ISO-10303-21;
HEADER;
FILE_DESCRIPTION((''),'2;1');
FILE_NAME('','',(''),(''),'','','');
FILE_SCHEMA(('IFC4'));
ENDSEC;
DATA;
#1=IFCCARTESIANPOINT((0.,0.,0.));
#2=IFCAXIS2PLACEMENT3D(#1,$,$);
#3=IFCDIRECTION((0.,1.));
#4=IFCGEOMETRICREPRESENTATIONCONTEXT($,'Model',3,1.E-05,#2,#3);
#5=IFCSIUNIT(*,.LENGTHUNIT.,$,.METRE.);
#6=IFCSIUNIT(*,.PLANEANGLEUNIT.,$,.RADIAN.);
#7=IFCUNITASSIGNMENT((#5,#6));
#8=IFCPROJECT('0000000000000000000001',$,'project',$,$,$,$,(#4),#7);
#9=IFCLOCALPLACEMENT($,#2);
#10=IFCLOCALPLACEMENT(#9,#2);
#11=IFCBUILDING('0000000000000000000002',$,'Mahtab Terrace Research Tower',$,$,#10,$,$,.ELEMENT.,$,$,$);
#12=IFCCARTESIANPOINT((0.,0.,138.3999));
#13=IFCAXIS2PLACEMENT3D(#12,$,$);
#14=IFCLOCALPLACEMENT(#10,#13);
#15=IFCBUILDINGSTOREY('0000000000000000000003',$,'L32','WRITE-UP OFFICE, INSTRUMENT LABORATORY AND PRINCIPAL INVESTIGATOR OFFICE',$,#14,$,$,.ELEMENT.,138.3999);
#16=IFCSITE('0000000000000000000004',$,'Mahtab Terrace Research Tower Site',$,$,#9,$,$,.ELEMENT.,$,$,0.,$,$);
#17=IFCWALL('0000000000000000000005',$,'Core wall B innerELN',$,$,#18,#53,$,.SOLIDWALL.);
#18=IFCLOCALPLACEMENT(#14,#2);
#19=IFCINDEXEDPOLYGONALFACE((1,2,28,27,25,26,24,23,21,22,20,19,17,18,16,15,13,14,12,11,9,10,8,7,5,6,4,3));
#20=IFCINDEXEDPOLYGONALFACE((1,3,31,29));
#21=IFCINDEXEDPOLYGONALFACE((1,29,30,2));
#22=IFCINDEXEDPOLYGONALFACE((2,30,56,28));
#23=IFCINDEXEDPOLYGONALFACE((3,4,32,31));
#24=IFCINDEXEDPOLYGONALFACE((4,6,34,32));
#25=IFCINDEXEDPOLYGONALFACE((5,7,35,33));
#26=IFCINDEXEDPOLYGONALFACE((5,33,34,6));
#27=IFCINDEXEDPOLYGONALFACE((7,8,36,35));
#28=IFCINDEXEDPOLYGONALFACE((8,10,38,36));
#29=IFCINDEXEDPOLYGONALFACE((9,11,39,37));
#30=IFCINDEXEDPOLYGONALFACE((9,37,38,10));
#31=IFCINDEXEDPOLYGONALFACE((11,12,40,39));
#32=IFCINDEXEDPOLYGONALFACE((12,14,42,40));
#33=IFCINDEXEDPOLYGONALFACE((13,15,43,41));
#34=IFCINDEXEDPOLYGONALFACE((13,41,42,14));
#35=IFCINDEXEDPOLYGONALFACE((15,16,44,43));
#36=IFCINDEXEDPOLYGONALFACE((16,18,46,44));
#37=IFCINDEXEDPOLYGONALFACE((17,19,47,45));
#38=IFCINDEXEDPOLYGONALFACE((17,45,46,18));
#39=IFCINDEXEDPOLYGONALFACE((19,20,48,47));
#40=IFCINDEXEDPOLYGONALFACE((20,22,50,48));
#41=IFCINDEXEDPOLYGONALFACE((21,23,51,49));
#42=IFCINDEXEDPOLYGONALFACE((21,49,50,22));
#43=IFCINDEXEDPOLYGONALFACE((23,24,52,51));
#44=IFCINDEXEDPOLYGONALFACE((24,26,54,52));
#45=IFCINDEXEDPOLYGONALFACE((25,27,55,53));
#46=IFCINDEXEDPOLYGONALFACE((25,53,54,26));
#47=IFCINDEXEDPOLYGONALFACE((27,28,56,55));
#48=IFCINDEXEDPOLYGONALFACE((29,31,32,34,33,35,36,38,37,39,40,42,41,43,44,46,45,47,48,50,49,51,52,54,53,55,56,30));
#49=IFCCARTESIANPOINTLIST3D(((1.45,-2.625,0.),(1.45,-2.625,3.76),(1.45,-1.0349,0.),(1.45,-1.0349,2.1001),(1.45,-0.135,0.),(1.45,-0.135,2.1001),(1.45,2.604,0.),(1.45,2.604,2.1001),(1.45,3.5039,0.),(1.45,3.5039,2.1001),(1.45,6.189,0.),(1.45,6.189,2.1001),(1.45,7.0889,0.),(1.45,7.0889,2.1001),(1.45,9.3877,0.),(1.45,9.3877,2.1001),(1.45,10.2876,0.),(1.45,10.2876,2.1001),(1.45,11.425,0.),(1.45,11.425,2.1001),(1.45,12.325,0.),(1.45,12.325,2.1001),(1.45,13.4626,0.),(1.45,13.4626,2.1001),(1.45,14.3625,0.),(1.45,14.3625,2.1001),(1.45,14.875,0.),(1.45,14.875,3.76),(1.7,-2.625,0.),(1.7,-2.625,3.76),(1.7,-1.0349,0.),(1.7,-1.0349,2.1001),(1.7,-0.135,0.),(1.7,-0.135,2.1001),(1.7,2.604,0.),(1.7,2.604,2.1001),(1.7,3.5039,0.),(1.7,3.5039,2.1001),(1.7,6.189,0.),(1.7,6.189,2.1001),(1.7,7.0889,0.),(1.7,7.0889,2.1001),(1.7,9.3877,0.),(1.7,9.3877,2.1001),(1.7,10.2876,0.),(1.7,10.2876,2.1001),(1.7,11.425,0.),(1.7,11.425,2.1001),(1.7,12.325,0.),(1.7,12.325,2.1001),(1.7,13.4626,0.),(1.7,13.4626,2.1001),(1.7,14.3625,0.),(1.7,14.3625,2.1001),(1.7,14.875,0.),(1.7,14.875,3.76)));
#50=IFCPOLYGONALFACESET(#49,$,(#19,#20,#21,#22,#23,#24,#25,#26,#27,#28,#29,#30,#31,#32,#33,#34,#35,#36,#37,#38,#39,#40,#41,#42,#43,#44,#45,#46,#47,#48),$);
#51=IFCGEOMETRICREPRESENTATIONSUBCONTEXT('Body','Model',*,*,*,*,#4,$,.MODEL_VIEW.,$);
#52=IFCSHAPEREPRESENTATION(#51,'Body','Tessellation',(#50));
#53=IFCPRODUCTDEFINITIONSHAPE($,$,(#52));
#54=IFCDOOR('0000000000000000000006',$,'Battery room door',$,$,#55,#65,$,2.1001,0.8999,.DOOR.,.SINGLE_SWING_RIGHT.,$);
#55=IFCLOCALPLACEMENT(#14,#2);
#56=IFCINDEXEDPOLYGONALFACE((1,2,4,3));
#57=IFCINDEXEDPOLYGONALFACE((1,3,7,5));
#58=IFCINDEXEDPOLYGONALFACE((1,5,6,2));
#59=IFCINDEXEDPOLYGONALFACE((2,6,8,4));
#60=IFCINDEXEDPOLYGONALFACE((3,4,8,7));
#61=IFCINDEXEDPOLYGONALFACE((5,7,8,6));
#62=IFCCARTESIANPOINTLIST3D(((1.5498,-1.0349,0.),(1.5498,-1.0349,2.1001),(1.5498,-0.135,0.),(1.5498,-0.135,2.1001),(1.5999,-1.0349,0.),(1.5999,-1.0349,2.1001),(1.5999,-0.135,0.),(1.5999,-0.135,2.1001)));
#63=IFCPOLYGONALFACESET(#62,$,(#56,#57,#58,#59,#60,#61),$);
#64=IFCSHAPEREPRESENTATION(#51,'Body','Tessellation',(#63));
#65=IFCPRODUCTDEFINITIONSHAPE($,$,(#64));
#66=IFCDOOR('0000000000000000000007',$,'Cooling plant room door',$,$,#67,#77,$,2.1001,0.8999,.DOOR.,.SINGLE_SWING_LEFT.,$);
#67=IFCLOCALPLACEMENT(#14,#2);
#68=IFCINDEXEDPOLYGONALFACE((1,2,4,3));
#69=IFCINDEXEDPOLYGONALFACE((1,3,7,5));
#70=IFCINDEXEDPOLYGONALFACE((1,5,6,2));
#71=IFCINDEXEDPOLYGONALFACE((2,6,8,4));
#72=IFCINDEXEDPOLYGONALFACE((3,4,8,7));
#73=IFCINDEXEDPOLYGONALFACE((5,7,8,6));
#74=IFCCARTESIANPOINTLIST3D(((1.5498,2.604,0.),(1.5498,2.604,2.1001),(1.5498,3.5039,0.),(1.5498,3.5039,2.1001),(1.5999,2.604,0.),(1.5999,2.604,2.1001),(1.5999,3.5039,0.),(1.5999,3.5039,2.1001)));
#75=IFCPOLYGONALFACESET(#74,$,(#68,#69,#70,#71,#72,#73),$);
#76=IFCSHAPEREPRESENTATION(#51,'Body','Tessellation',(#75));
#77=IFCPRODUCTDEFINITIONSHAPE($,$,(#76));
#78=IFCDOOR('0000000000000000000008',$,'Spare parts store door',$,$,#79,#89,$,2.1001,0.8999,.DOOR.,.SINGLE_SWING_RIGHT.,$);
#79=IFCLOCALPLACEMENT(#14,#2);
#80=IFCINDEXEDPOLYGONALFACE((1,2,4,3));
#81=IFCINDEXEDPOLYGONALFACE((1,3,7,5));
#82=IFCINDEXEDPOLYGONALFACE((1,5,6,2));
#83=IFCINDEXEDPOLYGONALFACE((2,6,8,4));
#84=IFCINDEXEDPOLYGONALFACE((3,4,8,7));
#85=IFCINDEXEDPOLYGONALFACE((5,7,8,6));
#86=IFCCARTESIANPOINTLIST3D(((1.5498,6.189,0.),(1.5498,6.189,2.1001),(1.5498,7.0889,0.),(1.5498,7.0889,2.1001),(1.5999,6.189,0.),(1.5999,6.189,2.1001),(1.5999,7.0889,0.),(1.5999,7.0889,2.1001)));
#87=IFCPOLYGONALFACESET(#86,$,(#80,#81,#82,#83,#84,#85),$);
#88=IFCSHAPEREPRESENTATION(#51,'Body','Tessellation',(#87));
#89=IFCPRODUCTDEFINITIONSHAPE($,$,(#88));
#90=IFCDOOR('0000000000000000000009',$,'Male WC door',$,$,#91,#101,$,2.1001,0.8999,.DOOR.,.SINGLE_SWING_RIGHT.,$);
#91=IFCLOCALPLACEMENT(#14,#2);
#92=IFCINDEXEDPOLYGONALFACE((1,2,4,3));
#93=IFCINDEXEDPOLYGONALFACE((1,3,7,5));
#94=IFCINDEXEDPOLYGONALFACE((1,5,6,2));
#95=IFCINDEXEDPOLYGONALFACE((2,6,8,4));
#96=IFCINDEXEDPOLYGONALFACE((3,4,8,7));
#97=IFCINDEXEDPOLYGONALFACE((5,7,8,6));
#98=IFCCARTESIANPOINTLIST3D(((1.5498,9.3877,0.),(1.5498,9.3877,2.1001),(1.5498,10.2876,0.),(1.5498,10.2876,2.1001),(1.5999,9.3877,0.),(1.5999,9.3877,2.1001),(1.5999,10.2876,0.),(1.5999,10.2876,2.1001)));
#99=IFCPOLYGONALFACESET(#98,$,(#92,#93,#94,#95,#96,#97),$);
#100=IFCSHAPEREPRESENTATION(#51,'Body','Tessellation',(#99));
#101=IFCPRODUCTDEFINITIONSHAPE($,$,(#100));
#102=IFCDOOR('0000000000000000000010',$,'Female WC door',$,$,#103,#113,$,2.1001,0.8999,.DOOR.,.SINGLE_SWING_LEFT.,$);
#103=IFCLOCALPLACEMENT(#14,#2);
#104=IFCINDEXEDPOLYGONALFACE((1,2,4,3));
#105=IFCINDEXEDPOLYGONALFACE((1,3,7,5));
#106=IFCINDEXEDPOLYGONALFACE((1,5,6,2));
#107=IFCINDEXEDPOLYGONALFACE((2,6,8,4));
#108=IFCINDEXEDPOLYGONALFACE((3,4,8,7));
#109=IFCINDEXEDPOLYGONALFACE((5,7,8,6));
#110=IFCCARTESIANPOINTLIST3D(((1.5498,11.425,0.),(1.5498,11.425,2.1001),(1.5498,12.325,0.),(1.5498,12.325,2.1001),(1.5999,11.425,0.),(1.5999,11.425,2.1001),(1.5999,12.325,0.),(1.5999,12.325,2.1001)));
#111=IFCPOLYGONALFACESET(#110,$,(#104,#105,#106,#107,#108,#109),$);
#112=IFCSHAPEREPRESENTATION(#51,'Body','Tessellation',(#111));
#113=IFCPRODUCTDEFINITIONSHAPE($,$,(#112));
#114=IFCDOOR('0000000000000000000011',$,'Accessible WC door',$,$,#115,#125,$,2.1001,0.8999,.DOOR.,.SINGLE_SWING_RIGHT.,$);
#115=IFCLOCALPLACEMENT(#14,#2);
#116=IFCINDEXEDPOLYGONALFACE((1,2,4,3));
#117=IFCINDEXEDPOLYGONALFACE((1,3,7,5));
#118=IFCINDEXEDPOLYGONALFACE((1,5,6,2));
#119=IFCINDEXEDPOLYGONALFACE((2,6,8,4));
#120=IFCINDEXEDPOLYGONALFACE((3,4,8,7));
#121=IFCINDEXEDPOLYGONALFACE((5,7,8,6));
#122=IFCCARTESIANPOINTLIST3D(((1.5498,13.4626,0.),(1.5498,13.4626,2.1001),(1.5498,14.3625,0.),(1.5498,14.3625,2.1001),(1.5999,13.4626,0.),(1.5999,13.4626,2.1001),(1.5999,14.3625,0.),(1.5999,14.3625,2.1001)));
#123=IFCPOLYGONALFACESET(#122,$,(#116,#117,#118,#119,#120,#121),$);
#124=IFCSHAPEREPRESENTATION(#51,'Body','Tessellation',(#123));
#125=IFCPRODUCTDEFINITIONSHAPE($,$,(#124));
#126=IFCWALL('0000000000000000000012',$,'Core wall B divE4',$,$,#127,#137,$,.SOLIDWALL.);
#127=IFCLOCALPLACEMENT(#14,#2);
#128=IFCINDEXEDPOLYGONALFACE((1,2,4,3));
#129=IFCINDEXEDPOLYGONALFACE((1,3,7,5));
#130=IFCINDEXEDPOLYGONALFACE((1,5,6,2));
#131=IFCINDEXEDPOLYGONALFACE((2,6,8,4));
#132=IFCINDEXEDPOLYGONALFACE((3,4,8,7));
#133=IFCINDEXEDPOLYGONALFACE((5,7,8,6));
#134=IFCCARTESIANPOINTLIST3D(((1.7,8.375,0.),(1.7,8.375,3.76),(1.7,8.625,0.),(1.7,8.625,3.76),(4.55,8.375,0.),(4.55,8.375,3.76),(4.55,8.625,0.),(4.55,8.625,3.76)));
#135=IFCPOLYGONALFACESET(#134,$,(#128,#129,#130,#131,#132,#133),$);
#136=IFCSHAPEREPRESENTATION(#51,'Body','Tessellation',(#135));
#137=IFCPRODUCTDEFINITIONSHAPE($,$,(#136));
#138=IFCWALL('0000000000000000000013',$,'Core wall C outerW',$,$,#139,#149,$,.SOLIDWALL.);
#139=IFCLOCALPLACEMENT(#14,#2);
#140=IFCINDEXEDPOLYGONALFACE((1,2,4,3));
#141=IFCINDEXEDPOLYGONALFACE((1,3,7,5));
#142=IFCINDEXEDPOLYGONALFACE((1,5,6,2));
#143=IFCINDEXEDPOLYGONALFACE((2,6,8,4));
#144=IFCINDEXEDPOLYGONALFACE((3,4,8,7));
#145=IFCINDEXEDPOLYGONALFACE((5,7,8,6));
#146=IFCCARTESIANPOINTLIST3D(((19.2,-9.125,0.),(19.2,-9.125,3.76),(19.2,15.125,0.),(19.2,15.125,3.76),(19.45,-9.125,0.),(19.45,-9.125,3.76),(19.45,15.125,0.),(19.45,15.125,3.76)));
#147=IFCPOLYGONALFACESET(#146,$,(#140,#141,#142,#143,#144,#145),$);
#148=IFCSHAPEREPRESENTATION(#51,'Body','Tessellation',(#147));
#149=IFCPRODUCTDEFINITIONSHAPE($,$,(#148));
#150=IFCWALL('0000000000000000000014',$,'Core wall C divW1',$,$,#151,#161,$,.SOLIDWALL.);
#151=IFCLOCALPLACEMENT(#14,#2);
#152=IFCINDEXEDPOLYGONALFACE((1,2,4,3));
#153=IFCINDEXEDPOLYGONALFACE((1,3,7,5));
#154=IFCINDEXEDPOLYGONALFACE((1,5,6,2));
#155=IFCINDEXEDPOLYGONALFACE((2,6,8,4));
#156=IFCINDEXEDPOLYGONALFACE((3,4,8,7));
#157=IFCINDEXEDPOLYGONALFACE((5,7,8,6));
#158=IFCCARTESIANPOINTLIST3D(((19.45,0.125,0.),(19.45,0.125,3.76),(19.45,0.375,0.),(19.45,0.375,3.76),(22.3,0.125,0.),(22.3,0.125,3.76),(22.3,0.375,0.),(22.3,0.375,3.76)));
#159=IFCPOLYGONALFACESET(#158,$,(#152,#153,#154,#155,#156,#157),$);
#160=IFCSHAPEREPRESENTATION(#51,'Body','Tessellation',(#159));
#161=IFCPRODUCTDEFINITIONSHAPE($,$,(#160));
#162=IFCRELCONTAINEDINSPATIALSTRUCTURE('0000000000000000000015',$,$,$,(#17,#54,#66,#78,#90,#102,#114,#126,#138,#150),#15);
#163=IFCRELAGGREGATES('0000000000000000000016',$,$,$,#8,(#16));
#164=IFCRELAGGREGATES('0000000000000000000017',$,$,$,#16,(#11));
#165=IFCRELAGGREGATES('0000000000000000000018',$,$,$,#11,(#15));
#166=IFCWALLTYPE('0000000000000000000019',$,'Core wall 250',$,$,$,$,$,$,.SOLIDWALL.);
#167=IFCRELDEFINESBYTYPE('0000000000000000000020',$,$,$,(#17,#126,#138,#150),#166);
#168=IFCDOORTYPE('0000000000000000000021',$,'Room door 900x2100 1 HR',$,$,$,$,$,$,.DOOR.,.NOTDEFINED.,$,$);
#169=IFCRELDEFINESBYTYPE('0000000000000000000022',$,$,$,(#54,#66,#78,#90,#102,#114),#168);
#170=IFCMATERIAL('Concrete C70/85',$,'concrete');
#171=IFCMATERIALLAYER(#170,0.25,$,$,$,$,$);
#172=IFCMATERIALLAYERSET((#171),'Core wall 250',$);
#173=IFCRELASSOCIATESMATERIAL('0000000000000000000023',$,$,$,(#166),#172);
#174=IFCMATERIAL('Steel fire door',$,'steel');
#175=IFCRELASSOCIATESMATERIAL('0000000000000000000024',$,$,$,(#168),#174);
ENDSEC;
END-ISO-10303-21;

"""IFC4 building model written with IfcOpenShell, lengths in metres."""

from ifc_helpers import new_model, si_unit, direction, frame, frame_2d, origin, place, context, subcontext, project, spatial, rectangle, extrude, material, layer, layer_set, type_object, element, fill, save


model = new_model("IFC4")

# Units and contexts
model_context = context("Model", 3, precision=1e-05, world=origin(), true_north=direction((0.0, 1.0)))
body_context = subcontext(model_context, "Body", "Model", "MODEL_VIEW")
ifc_project = project(units=[si_unit("LENGTHUNIT", "METRE"), si_unit("PLANEANGLEUNIT", "RADIAN")], contexts=[model_context])

# Site, building, storey
site_placement = place(None, origin())
site = spatial("IfcSite", under=ifc_project, at=site_placement, Name="Mahtab Terrace Research Tower Site", CompositionType="ELEMENT", RefElevation=0.0)
building_placement = place(site_placement, origin())
building = spatial("IfcBuilding", under=site, at=building_placement, Name="Mahtab Terrace Research Tower", CompositionType="ELEMENT")
storey_placement = place(building_placement, frame((0.0, 0.0, 138.3999)))
storey = spatial("IfcBuildingStorey", under=building, at=storey_placement, Name="L32", Description="WRITE-UP OFFICE, INSTRUMENT LABORATORY AND PRINCIPAL INVESTIGATOR OFFICE", CompositionType="ELEMENT", Elevation=138.3999)

# Shared definitions
ifc_material_1 = material(Name="Concrete C70/85", Category="concrete")

# Wall, openings, doors
ifc_layer_1 = layer(ifc_material_1, 0.25)
ifc_layer_set_1 = layer_set([ifc_layer_1], Name="Core wall 250")
wall_type_1 = type_object("IfcWallType", Name="Core wall 250", PredefinedType="SOLIDWALL", material=ifc_layer_set_1)
wall_1_placement = place(storey_placement, frame((1.575, 14.875, 0.0), z_axis=(0.0, 0.0, 1.0), x_axis=(0.0, -1.0, 0.0)))
wall_1 = element("IfcWall", 1, at=wall_1_placement, inside=storey, type_object=wall_type_1, Name="Core wall B innerELN", PredefinedType="SOLIDWALL", context=body_context, shape_type="SweptSolid", body=[
    extrude(rectangle(XDim=17.5, YDim=0.25, at=frame_2d((8.75, 0.0))), origin(), (0.0, 0.0, 1.0), 3.76),
])
opening_1_placement = place(wall_1_placement, frame((15.01, 0.0, 0.0)))
opening_1 = element("IfcOpeningElement", 2, at=opening_1_placement, cuts=wall_1, PredefinedType="OPENING", context=body_context, shape_type="SweptSolid", body=[
    extrude(rectangle(XDim=0.8999, YDim=2.1001, at=frame_2d((0.45, 1.05))), frame((0.0, 0.135, 0.0), z_axis=(0.0, -1.0, 0.0), x_axis=(1.0, 0.0, 0.0)), (0.0, 0.0, 1.0), 0.27),
])
opening_2_placement = place(wall_1_placement, frame((11.3711, 0.0, 0.0)))
opening_2 = element("IfcOpeningElement", 3, at=opening_2_placement, cuts=wall_1, PredefinedType="OPENING", context=body_context, shape_type="SweptSolid", body=[
    extrude(rectangle(XDim=0.8999, YDim=2.1001, at=frame_2d((0.45, 1.05))), frame((0.0, 0.135, 0.0), z_axis=(0.0, -1.0, 0.0), x_axis=(1.0, 0.0, 0.0)), (0.0, 0.0, 1.0), 0.27),
])
opening_3_placement = place(wall_1_placement, frame((7.7861, 0.0, 0.0)))
opening_3 = element("IfcOpeningElement", 4, at=opening_3_placement, cuts=wall_1, PredefinedType="OPENING", context=body_context, shape_type="SweptSolid", body=[
    extrude(rectangle(XDim=0.8999, YDim=2.1001, at=frame_2d((0.45, 1.05))), frame((0.0, 0.135, 0.0), z_axis=(0.0, -1.0, 0.0), x_axis=(1.0, 0.0, 0.0)), (0.0, 0.0, 1.0), 0.27),
])
opening_4_placement = place(wall_1_placement, frame((4.5874, 0.0, 0.0)))
opening_4 = element("IfcOpeningElement", 5, at=opening_4_placement, cuts=wall_1, PredefinedType="OPENING", context=body_context, shape_type="SweptSolid", body=[
    extrude(rectangle(XDim=0.8999, YDim=2.1001, at=frame_2d((0.45, 1.05))), frame((0.0, 0.135, 0.0), z_axis=(0.0, -1.0, 0.0), x_axis=(1.0, 0.0, 0.0)), (0.0, 0.0, 1.0), 0.27),
])
opening_5_placement = place(wall_1_placement, frame((2.55, 0.0, 0.0)))
opening_5 = element("IfcOpeningElement", 6, at=opening_5_placement, cuts=wall_1, PredefinedType="OPENING", context=body_context, shape_type="SweptSolid", body=[
    extrude(rectangle(XDim=0.8999, YDim=2.1001, at=frame_2d((0.45, 1.05))), frame((0.0, 0.135, 0.0), z_axis=(0.0, -1.0, 0.0), x_axis=(1.0, 0.0, 0.0)), (0.0, 0.0, 1.0), 0.27),
])
opening_6_placement = place(wall_1_placement, frame((0.5125, 0.0, 0.0)))
opening_6 = element("IfcOpeningElement", 7, at=opening_6_placement, cuts=wall_1, PredefinedType="OPENING", context=body_context, shape_type="SweptSolid", body=[
    extrude(rectangle(XDim=0.8999, YDim=2.1001, at=frame_2d((0.45, 1.05))), frame((0.0, 0.135, 0.0), z_axis=(0.0, -1.0, 0.0), x_axis=(1.0, 0.0, 0.0)), (0.0, 0.0, 1.0), 0.27),
])
ifc_material_2 = material(Name="Steel fire door", Category="steel")
door_type_1 = type_object("IfcDoorType", Name="Room door 900x2100 1 HR", OperationType="NOTDEFINED", PredefinedType="DOOR", material=ifc_material_2)
door_1_placement = place(opening_1_placement, origin())
door_1 = element("IfcDoor", 8, at=door_1_placement, inside=storey, type_object=door_type_1, Name="Battery room door", OperationType="SINGLE_SWING_RIGHT", OverallHeight=2.1001, OverallWidth=0.8999, PredefinedType="DOOR", context=body_context, shape_type="SweptSolid", body=[
    extrude(rectangle(XDim=0.8999, YDim=2.1001, at=frame_2d((0.45, 1.05))), frame((0.0, 0.0249, 0.0), z_axis=(0.0, -1.0, 0.0), x_axis=(1.0, 0.0, 0.0)), (0.0, 0.0, 1.0), 0.05),
])
fill(opening_1, door_1)
door_2_placement = place(opening_2_placement, origin())
door_2 = element("IfcDoor", 9, at=door_2_placement, inside=storey, type_object=door_type_1, Name="Cooling plant room door", OperationType="SINGLE_SWING_LEFT", OverallHeight=2.1001, OverallWidth=0.8999, PredefinedType="DOOR", context=body_context, shape_type="SweptSolid", body=[
    extrude(rectangle(XDim=0.8999, YDim=2.1001, at=frame_2d((0.45, 1.05))), frame((0.0, 0.0249, 0.0), z_axis=(0.0, -1.0, 0.0), x_axis=(1.0, 0.0, 0.0)), (0.0, 0.0, 1.0), 0.05),
])
fill(opening_2, door_2)
door_3_placement = place(opening_3_placement, origin())
door_3 = element("IfcDoor", 10, at=door_3_placement, inside=storey, type_object=door_type_1, Name="Spare parts store door", OperationType="SINGLE_SWING_RIGHT", OverallHeight=2.1001, OverallWidth=0.8999, PredefinedType="DOOR", context=body_context, shape_type="SweptSolid", body=[
    extrude(rectangle(XDim=0.8999, YDim=2.1001, at=frame_2d((0.45, 1.05))), frame((0.0, 0.0249, 0.0), z_axis=(0.0, -1.0, 0.0), x_axis=(1.0, 0.0, 0.0)), (0.0, 0.0, 1.0), 0.05),
])
fill(opening_3, door_3)
door_4_placement = place(opening_4_placement, origin())
door_4 = element("IfcDoor", 11, at=door_4_placement, inside=storey, type_object=door_type_1, Name="Male WC door", OperationType="SINGLE_SWING_RIGHT", OverallHeight=2.1001, OverallWidth=0.8999, PredefinedType="DOOR", context=body_context, shape_type="SweptSolid", body=[
    extrude(rectangle(XDim=0.8999, YDim=2.1001, at=frame_2d((0.45, 1.05))), frame((0.0, 0.0249, 0.0), z_axis=(0.0, -1.0, 0.0), x_axis=(1.0, 0.0, 0.0)), (0.0, 0.0, 1.0), 0.05),
])
fill(opening_4, door_4)
door_5_placement = place(opening_5_placement, origin())
door_5 = element("IfcDoor", 12, at=door_5_placement, inside=storey, type_object=door_type_1, Name="Female WC door", OperationType="SINGLE_SWING_LEFT", OverallHeight=2.1001, OverallWidth=0.8999, PredefinedType="DOOR", context=body_context, shape_type="SweptSolid", body=[
    extrude(rectangle(XDim=0.8999, YDim=2.1001, at=frame_2d((0.45, 1.05))), frame((0.0, 0.0249, 0.0), z_axis=(0.0, -1.0, 0.0), x_axis=(1.0, 0.0, 0.0)), (0.0, 0.0, 1.0), 0.05),
])
fill(opening_5, door_5)
door_6_placement = place(opening_6_placement, origin())
door_6 = element("IfcDoor", 13, at=door_6_placement, inside=storey, type_object=door_type_1, Name="Accessible WC door", OperationType="SINGLE_SWING_RIGHT", OverallHeight=2.1001, OverallWidth=0.8999, PredefinedType="DOOR", context=body_context, shape_type="SweptSolid", body=[
    extrude(rectangle(XDim=0.8999, YDim=2.1001, at=frame_2d((0.45, 1.05))), frame((0.0, 0.0249, 0.0), z_axis=(0.0, -1.0, 0.0), x_axis=(1.0, 0.0, 0.0)), (0.0, 0.0, 1.0), 0.05),
])
fill(opening_6, door_6)

# Walls
wall_2_placement = place(storey_placement, frame((1.7, 8.5, 0.0), z_axis=(0.0, 0.0, 1.0), x_axis=(1.0, 0.0, 0.0)))
element("IfcWall", 14, at=wall_2_placement, inside=storey, type_object=wall_type_1, Name="Core wall B divE4", PredefinedType="SOLIDWALL", context=body_context, shape_type="SweptSolid", body=[
    extrude(rectangle(XDim=2.8501, YDim=0.25, at=frame_2d((1.425, 0.0))), origin(), (0.0, 0.0, 1.0), 3.76),
])
wall_3_placement = place(storey_placement, frame((19.325, 15.125, 0.0), z_axis=(0.0, 0.0, 1.0), x_axis=(0.0, -1.0, 0.0)))
element("IfcWall", 15, at=wall_3_placement, inside=storey, type_object=wall_type_1, Name="Core wall C outerW", PredefinedType="SOLIDWALL", context=body_context, shape_type="SweptSolid", body=[
    extrude(rectangle(XDim=24.25, YDim=0.25, at=frame_2d((12.125, 0.0))), origin(), (0.0, 0.0, 1.0), 3.76),
])
wall_4_placement = place(storey_placement, frame((19.45, 0.25, 0.0), z_axis=(0.0, 0.0, 1.0), x_axis=(1.0, 0.0, 0.0)))
element("IfcWall", 16, at=wall_4_placement, inside=storey, type_object=wall_type_1, Name="Core wall C divW1", PredefinedType="SOLIDWALL", context=body_context, shape_type="SweptSolid", body=[
    extrude(rectangle(XDim=2.8501, YDim=0.25, at=frame_2d((1.425, 0.0))), origin(), (0.0, 0.0, 1.0), 3.76),
])

save(model, "model.ifc")
